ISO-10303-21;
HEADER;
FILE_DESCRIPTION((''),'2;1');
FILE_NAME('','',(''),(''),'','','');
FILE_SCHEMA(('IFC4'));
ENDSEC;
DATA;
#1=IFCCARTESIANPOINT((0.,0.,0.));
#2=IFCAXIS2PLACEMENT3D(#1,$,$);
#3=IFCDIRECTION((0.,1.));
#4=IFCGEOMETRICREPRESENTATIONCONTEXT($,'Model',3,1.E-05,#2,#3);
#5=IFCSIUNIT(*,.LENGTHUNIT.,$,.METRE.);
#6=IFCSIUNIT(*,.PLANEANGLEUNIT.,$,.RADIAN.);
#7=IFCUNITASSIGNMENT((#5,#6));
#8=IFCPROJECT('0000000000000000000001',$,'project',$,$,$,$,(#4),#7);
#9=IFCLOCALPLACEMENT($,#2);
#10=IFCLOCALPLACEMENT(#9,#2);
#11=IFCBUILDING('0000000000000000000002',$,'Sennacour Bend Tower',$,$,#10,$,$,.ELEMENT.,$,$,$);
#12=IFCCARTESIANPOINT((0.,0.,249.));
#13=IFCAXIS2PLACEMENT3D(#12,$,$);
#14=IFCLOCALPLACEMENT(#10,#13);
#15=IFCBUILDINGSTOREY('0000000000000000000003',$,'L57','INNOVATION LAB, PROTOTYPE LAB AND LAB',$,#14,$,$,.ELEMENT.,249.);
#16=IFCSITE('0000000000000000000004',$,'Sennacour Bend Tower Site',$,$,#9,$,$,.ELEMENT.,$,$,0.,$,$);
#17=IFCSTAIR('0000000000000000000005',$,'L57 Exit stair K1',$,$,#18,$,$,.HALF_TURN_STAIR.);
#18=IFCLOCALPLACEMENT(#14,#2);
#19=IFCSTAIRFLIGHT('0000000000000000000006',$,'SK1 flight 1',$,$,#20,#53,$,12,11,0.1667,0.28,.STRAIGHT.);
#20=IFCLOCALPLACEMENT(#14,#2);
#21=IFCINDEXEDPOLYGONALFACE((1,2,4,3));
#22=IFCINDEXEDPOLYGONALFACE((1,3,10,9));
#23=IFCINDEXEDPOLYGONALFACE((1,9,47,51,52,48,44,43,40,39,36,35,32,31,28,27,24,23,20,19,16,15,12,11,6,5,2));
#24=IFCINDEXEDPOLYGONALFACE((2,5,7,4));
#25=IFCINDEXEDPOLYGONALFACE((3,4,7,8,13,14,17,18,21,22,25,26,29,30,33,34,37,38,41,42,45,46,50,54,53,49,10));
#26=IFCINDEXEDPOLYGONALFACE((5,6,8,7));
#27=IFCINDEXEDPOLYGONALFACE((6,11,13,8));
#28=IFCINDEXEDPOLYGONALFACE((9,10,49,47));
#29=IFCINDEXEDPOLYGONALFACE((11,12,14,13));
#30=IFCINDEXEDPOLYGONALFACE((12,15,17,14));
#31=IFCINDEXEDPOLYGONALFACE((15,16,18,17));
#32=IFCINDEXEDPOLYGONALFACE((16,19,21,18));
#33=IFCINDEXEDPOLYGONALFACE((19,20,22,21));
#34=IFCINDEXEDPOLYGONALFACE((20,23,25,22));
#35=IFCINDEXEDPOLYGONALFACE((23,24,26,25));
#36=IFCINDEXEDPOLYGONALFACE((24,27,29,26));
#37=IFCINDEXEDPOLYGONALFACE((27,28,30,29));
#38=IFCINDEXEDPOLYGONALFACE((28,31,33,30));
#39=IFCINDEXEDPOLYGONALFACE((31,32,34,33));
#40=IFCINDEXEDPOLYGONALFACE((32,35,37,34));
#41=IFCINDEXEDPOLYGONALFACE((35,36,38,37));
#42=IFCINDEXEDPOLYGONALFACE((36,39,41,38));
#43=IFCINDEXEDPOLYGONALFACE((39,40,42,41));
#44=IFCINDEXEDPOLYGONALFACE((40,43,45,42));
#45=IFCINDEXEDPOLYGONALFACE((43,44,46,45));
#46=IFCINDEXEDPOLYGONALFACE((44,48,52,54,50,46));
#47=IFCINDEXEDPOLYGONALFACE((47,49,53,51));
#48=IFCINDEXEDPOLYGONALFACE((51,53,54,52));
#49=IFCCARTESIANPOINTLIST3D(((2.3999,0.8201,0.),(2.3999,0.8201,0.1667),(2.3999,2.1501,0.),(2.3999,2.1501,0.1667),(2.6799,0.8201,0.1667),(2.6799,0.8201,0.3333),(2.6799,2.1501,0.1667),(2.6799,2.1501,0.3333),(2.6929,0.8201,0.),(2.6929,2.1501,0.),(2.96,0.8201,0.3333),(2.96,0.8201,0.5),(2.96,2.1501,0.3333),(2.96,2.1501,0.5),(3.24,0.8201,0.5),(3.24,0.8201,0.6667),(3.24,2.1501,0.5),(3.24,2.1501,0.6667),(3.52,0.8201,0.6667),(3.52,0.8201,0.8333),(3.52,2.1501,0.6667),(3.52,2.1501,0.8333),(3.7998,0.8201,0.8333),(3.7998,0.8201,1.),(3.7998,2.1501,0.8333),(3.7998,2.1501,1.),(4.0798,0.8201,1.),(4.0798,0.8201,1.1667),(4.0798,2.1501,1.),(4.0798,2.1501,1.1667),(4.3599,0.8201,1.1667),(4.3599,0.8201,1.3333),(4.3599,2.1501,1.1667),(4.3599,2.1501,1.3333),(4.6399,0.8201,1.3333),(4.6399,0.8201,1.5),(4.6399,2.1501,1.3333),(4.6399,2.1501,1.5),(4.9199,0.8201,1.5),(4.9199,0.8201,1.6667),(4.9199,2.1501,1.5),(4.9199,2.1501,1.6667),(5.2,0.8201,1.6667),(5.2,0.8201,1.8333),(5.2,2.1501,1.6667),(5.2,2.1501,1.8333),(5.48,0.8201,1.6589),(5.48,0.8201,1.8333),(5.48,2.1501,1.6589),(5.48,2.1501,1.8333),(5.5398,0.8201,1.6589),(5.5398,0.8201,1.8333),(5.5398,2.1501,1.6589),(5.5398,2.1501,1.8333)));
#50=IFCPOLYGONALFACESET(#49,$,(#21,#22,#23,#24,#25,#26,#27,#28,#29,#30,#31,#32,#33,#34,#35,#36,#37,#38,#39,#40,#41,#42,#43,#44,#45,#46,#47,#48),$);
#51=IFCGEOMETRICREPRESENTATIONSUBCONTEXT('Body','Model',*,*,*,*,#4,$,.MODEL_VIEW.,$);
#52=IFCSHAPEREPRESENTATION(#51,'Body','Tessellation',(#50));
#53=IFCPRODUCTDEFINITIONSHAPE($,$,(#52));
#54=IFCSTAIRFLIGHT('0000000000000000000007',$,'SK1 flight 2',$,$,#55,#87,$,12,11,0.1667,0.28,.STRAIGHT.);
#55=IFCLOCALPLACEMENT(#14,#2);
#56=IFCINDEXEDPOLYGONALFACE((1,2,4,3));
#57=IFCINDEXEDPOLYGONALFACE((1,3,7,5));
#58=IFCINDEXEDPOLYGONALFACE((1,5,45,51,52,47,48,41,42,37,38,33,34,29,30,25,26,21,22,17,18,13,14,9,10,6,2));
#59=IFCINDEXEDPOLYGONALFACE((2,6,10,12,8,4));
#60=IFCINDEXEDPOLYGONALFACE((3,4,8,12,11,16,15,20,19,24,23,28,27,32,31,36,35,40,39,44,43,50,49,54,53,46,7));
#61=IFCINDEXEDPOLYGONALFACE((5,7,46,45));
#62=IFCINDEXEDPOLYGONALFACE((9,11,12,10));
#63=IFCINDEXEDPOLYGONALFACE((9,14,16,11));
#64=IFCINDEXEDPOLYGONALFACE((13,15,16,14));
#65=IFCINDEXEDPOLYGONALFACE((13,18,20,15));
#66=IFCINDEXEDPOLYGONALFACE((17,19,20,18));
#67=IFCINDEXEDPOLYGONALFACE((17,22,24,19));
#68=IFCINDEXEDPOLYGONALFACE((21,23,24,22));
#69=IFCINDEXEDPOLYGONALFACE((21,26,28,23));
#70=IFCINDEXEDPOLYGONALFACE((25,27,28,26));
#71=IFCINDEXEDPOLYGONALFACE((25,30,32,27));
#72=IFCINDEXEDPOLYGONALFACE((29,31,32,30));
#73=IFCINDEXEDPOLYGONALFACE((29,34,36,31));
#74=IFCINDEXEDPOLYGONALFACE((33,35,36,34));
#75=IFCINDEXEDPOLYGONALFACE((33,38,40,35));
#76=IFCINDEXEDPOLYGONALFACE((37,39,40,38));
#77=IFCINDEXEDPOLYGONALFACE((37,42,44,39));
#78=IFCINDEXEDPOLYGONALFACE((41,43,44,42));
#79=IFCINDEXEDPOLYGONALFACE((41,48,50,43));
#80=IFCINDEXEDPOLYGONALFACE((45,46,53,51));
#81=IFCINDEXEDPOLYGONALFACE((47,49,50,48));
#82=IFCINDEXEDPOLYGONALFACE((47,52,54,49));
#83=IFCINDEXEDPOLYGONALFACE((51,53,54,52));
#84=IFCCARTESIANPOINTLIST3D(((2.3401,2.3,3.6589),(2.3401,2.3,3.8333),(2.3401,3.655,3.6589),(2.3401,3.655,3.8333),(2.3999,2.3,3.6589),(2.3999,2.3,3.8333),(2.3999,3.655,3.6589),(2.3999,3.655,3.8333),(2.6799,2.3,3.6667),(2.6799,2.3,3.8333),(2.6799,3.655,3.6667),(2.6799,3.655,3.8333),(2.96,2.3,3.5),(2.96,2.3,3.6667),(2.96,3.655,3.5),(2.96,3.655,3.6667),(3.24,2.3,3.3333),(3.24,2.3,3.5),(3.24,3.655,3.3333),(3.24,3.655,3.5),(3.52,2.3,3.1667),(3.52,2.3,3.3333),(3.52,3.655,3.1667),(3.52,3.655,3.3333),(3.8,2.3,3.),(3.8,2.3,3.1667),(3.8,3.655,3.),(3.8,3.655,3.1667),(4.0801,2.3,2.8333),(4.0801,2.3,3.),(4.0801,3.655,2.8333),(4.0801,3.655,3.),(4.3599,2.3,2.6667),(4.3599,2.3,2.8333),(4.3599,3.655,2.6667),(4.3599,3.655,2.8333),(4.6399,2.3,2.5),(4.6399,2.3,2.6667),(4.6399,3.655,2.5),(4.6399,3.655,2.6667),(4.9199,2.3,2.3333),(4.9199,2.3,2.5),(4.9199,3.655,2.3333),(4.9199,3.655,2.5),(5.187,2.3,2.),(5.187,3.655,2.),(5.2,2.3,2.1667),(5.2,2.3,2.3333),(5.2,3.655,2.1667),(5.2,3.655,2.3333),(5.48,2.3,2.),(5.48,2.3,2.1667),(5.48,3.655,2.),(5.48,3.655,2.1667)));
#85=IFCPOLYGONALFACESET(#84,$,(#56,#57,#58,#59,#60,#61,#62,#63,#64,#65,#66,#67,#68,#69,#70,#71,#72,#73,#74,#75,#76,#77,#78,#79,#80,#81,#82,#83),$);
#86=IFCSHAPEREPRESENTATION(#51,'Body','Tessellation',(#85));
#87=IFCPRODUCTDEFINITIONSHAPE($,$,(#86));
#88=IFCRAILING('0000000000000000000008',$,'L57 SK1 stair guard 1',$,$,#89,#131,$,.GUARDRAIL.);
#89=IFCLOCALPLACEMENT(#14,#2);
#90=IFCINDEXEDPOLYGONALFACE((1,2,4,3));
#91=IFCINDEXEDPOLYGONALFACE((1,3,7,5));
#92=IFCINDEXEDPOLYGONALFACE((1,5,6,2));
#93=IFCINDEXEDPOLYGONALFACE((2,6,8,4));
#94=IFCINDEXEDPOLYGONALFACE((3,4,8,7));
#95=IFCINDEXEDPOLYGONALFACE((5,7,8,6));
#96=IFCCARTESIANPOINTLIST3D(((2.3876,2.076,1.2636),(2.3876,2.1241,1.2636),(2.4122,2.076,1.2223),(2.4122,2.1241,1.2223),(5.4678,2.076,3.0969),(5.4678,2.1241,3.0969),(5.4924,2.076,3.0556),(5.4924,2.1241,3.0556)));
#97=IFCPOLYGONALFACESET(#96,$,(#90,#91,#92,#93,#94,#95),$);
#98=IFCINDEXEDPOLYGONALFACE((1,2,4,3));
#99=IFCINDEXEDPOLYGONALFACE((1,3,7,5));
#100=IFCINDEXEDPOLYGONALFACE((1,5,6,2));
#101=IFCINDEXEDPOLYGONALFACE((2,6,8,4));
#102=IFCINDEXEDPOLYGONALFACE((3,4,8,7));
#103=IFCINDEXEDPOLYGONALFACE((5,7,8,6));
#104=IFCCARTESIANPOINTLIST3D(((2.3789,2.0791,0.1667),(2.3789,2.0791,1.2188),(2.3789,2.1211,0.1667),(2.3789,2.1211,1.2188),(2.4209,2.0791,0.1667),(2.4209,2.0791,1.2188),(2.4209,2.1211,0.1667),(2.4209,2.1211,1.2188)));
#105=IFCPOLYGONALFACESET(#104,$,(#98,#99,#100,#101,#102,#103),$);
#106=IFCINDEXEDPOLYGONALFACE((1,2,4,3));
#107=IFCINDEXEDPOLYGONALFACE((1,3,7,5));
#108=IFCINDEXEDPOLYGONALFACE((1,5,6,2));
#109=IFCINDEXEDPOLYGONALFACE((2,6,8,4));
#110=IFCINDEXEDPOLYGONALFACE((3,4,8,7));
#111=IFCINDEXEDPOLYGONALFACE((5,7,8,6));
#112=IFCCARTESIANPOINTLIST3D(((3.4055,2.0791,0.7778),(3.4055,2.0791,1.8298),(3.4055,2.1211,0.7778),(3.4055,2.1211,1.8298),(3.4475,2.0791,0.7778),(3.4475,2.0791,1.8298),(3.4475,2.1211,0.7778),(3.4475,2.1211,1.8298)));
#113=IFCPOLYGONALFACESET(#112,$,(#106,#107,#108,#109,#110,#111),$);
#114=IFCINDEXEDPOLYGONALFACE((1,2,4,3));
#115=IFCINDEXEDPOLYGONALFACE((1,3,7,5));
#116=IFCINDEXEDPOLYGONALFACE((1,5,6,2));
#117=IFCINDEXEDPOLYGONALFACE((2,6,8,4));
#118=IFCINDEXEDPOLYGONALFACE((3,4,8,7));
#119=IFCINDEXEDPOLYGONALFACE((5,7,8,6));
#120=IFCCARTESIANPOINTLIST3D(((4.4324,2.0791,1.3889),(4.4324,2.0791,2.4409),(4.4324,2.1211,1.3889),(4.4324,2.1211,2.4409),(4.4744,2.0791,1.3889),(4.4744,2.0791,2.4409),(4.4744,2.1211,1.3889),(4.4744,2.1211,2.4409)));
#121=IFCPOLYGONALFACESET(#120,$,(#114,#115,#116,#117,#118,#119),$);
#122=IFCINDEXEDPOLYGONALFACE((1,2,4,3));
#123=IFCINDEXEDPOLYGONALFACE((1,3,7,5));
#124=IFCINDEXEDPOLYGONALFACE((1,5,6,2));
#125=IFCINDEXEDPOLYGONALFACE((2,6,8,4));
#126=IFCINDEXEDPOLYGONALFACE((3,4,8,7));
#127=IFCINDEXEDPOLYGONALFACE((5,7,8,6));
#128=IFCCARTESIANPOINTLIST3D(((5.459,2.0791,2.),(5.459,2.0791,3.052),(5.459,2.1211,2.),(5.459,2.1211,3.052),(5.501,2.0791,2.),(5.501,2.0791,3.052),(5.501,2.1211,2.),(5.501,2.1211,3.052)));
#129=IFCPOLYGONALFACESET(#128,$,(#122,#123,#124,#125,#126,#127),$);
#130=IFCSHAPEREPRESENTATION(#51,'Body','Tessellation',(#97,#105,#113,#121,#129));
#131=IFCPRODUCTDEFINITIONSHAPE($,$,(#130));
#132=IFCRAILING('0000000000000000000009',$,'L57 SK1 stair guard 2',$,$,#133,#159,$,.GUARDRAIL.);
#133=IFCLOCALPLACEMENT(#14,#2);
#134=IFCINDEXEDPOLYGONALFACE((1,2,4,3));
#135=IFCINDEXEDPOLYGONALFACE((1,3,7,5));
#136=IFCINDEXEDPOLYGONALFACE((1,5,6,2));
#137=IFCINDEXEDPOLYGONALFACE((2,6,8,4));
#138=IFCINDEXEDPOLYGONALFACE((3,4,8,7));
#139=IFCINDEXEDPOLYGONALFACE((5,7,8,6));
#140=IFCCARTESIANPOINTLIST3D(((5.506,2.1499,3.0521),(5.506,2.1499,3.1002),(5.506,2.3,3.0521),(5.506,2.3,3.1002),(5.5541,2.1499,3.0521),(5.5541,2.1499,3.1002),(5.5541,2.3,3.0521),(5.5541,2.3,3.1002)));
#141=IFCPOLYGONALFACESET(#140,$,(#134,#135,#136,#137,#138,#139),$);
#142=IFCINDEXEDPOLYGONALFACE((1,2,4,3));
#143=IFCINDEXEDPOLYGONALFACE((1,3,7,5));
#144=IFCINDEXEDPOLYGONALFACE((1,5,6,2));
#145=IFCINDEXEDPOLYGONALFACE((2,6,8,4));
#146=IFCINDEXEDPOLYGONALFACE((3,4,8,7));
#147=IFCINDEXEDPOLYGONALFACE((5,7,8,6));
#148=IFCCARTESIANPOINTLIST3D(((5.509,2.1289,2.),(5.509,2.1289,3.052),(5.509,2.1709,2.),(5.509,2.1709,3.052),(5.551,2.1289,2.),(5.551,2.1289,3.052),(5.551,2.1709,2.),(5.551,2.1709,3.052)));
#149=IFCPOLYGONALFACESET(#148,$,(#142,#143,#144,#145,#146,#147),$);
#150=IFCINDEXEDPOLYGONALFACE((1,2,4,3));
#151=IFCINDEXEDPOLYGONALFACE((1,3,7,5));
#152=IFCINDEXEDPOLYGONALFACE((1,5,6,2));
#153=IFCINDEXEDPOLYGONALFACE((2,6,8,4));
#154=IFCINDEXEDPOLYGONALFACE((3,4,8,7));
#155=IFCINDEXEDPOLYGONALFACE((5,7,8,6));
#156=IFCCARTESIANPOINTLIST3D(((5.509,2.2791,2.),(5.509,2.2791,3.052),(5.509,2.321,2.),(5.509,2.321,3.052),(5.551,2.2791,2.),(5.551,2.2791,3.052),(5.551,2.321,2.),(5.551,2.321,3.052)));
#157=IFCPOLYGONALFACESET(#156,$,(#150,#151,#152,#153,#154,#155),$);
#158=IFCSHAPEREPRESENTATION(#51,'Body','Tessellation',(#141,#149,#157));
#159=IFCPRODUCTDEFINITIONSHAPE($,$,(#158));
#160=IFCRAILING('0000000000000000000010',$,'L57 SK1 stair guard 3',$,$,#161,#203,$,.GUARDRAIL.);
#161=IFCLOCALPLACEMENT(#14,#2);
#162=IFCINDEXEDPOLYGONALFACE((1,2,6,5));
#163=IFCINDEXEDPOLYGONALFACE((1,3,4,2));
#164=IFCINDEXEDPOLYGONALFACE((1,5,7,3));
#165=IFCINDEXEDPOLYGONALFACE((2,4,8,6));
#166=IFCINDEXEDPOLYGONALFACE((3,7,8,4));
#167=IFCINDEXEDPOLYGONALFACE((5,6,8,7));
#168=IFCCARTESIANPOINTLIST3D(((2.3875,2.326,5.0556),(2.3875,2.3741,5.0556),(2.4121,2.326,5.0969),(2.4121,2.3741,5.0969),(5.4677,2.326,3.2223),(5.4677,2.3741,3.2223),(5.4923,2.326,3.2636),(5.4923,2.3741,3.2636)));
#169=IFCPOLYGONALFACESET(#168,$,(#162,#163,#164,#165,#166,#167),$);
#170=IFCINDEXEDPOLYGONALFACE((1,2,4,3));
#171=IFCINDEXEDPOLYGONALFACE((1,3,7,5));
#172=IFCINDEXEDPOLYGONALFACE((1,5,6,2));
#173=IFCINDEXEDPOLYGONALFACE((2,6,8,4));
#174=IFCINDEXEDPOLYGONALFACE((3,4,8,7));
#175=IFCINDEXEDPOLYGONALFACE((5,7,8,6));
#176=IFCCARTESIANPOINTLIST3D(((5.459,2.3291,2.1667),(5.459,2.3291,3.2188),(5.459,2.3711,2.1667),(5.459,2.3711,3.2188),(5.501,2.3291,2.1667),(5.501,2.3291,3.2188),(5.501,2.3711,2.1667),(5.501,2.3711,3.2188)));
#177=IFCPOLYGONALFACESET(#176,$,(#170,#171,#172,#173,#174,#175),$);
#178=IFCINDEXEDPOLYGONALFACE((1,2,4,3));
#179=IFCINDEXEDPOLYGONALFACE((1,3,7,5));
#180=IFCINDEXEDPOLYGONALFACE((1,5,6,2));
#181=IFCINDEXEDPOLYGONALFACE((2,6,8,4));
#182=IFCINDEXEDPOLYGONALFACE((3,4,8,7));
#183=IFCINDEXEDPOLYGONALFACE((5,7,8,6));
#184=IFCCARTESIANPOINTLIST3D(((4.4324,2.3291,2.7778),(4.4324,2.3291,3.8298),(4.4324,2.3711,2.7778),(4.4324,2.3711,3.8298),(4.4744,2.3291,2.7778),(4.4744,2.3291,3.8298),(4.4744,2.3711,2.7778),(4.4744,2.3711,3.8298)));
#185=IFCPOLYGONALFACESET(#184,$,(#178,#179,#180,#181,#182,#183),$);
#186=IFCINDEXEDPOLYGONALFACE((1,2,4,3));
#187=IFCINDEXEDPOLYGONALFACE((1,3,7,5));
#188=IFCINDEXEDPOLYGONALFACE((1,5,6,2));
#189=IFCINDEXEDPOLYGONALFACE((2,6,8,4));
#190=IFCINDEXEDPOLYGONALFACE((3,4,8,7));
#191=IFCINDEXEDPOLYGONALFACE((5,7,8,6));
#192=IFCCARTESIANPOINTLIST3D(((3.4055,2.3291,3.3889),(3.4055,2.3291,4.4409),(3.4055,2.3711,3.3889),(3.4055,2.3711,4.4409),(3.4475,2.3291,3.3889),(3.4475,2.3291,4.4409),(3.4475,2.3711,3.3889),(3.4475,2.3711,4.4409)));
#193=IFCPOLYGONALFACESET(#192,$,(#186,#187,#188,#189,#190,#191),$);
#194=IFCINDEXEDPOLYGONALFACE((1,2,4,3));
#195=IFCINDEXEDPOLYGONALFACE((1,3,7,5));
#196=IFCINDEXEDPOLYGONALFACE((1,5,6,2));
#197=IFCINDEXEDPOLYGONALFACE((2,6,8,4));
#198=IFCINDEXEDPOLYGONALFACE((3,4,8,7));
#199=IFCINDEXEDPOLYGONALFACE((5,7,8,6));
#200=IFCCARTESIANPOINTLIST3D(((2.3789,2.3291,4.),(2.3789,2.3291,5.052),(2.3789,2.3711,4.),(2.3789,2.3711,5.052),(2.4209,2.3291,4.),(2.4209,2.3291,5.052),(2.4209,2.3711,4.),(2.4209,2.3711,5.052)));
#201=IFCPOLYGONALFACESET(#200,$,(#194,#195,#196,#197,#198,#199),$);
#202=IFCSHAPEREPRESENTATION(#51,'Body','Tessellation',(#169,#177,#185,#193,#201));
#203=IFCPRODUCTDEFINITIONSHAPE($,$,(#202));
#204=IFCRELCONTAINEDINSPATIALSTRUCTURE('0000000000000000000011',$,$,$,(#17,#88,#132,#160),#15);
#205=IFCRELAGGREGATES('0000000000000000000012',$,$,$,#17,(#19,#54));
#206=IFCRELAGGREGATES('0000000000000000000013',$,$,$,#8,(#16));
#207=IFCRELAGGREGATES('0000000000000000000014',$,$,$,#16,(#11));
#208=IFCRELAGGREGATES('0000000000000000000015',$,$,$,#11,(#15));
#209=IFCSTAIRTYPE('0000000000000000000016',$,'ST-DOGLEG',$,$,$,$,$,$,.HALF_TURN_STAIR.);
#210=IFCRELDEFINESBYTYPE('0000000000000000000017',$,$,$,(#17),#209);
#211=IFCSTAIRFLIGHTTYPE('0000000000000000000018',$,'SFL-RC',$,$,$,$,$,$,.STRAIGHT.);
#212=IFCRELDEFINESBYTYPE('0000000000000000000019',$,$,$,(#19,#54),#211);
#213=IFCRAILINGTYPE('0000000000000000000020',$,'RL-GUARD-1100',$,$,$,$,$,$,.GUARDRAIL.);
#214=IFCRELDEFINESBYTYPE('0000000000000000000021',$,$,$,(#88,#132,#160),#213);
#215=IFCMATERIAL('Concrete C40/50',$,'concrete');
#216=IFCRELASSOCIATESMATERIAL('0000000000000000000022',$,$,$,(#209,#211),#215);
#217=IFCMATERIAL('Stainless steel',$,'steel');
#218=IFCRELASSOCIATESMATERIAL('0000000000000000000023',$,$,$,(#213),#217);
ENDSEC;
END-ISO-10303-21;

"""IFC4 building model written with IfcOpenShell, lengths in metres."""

from ifc_helpers import new_model, si_unit, direction, frame, origin, origin_2d, place, context, subcontext, project, spatial, polyline, rectangle, outline, extrude, material, type_object, element, aggregate, save


model = new_model("IFC4")

# Units and contexts
model_context = context("Model", 3, precision=1e-05, world=origin(), true_north=direction((0.0, 1.0)))
body_context = subcontext(model_context, "Body", "Model", "MODEL_VIEW")
ifc_project = project(units=[si_unit("LENGTHUNIT", "METRE"), si_unit("PLANEANGLEUNIT", "RADIAN")], contexts=[model_context])

# Site, building, storey
site_placement = place(None, origin())
site = spatial("IfcSite", under=ifc_project, at=site_placement, Name="Sennacour Bend Tower Site", CompositionType="ELEMENT", RefElevation=0.0)
building_placement = place(site_placement, origin())
building = spatial("IfcBuilding", under=site, at=building_placement, Name="Sennacour Bend Tower", CompositionType="ELEMENT")
storey_placement = place(building_placement, frame((0.0, 0.0, 249.0)))
storey = spatial("IfcBuildingStorey", under=building, at=storey_placement, Name="L57", Description="INNOVATION LAB, PROTOTYPE LAB AND LAB", CompositionType="ELEMENT", Elevation=249.0)

# Shared definitions
ifc_material_1 = material(Name="Concrete C40/50", Category="concrete")

# Stair
stair_type = type_object("IfcStairType", Name="ST-DOGLEG", PredefinedType="HALF_TURN_STAIR", material=ifc_material_1)
stair_1_placement = place(storey_placement, origin())
stair_1 = element("IfcStair", 1, at=stair_1_placement, inside=storey, type_object=stair_type, Name="L57 Exit stair K1", PredefinedType="HALF_TURN_STAIR")

# Stair flights
stair_flight_type = type_object("IfcStairFlightType", Name="SFL-RC", PredefinedType="STRAIGHT", material=ifc_material_1)
stair_flight_1_placement = place(storey_placement, frame((2.3999, 1.4851, 0.0), z_axis=(0.0, 0.0, 1.0), x_axis=(1.0, 0.0, 0.0)))
stair_flight_1 = element("IfcStairFlight", 2, at=stair_flight_1_placement, type_object=stair_flight_type, Name="SK1 flight 1", NumberOfRisers=12, NumberOfTreads=11, PredefinedType="STRAIGHT", RiserHeight=0.1667, TreadLength=0.28, context=body_context, shape_type="SweptSolid", body=[
    extrude(outline(polyline([(0.0, 0.0), (0.0, 0.1667), (0.28, 0.1667), (0.28, 0.3333), (0.5601, 0.3333), (0.5601, 0.5), (0.8401, 0.5), (0.8401, 0.6667), (1.1201, 0.6667), (1.1201, 0.8333), (1.3999, 0.8333), (1.3999, 1.0), (1.6799, 1.0), (1.6799, 1.1667), (1.96, 1.1667), (1.96, 1.3333), (2.24, 1.3333), (2.24, 1.5), (2.52, 1.5), (2.52, 1.6667), (2.8, 1.6667), (2.8, 1.8333), (3.0801, 1.8333), (3.1399, 1.8333), (3.1399, 1.6589), (3.0801, 1.6589), (0.293, 0.0), (0.0, 0.0)])), frame((0.0, 0.665, 0.0), z_axis=(0.0, -1.0, 0.0), x_axis=(1.0, 0.0, 0.0)), (0.0, 0.0, 1.0), 1.3301),
])
stair_flight_2_placement = place(storey_placement, frame((5.48, 2.9775, 2.0), z_axis=(0.0, 0.0, 1.0), x_axis=(-1.0, 0.0, 0.0)))
stair_flight_2 = element("IfcStairFlight", 3, at=stair_flight_2_placement, type_object=stair_flight_type, Name="SK1 flight 2", NumberOfRisers=12, NumberOfTreads=11, PredefinedType="STRAIGHT", RiserHeight=0.1667, TreadLength=0.28, context=body_context, shape_type="SweptSolid", body=[
    extrude(outline(polyline([(0.0, 0.0), (0.0, 0.1667), (0.28, 0.1667), (0.28, 0.3333), (0.5601, 0.3333), (0.5601, 0.5), (0.8401, 0.5), (0.8401, 0.6667), (1.1201, 0.6667), (1.1201, 0.8333), (1.3999, 0.8333), (1.3999, 1.0), (1.6799, 1.0), (1.6799, 1.1667), (1.96, 1.1667), (1.96, 1.3333), (2.24, 1.3333), (2.24, 1.5), (2.52, 1.5), (2.52, 1.6667), (2.8, 1.6667), (2.8, 1.8333), (3.0801, 1.8333), (3.1399, 1.8333), (3.1399, 1.6589), (3.0801, 1.6589), (0.293, 0.0), (0.0, 0.0)])), frame((0.0, 0.6775, 0.0), z_axis=(0.0, -1.0, 0.0), x_axis=(1.0, 0.0, 0.0)), (0.0, 0.0, 1.0), 1.355),
])
aggregate(stair_1, [stair_flight_1, stair_flight_2])

# Railings
ifc_material_2 = material(Name="Stainless steel", Category="steel")
railing_type_1 = type_object("IfcRailingType", Name="RL-GUARD-1100", PredefinedType="GUARDRAIL", material=ifc_material_2)
railing_1_placement = place(storey_placement, frame((2.3999, 2.1001, 0.1667)))
element("IfcRailing", 4, at=railing_1_placement, inside=storey, type_object=railing_type_1, Name="L57 SK1 stair guard 1", PredefinedType="GUARDRAIL", context=body_context, shape_type="SweptSolid", body=[
    extrude(rectangle(XDim=0.0481, YDim=0.0481, at=origin_2d()), frame((0.0, 0.0, 1.0762), z_axis=(0.859309, 0.0, 0.511458), x_axis=(0.0, 1.0, 0.0)), (0.0, 0.0, 1.0), 3.5845),
    extrude(rectangle(XDim=0.042, YDim=0.042, at=origin_2d()), origin(), (0.0, 0.0, 1.0), 1.052),
    extrude(rectangle(XDim=0.042, YDim=0.042, at=origin_2d()), frame((1.0266, 0.0, 0.6111)), (0.0, 0.0, 1.0), 1.052),
    extrude(rectangle(XDim=0.042, YDim=0.042, at=origin_2d()), frame((2.0535, 0.0, 1.2222)), (0.0, 0.0, 1.0), 1.052),
    extrude(rectangle(XDim=0.042, YDim=0.042, at=origin_2d()), frame((3.0801, 0.0, 1.8333)), (0.0, 0.0, 1.0), 1.052),
])
railing_2_placement = place(storey_placement, frame((5.53, 2.1499, 2.0)))
element("IfcRailing", 5, at=railing_2_placement, inside=storey, type_object=railing_type_1, Name="L57 SK1 stair guard 2", PredefinedType="GUARDRAIL", context=body_context, shape_type="SweptSolid", body=[
    extrude(rectangle(XDim=0.0481, YDim=0.0481, at=origin_2d()), frame((0.0, 0.0, 1.0762), z_axis=(0.0, 1.0, 0.0), x_axis=(-1.0, 0.0, 0.0)), (0.0, 0.0, 1.0), 0.1501),
    extrude(rectangle(XDim=0.042, YDim=0.042, at=origin_2d()), origin(), (0.0, 0.0, 1.0), 1.052),
    extrude(rectangle(XDim=0.042, YDim=0.042, at=origin_2d()), frame((0.0, 0.1501, 0.0)), (0.0, 0.0, 1.0), 1.052),
])
railing_3_placement = place(storey_placement, frame((5.48, 2.3501, 2.1667)))
element("IfcRailing", 6, at=railing_3_placement, inside=storey, type_object=railing_type_1, Name="L57 SK1 stair guard 3", PredefinedType="GUARDRAIL", context=body_context, shape_type="SweptSolid", body=[
    extrude(rectangle(XDim=0.0481, YDim=0.0481, at=origin_2d()), frame((0.0, 0.0, 1.0762), z_axis=(-0.859309, 0.0, 0.511458), x_axis=(0.0, -1.0, 0.0)), (0.0, 0.0, 1.0), 3.5845),
    extrude(rectangle(XDim=0.042, YDim=0.042, at=origin_2d()), origin(), (0.0, 0.0, 1.0), 1.052),
    extrude(rectangle(XDim=0.042, YDim=0.042, at=origin_2d()), frame((-1.0266, 0.0, 0.6111)), (0.0, 0.0, 1.0), 1.052),
    extrude(rectangle(XDim=0.042, YDim=0.042, at=origin_2d()), frame((-2.0535, 0.0, 1.2222)), (0.0, 0.0, 1.0), 1.052),
    extrude(rectangle(XDim=0.042, YDim=0.042, at=origin_2d()), frame((-3.0801, 0.0, 1.8333)), (0.0, 0.0, 1.0), 1.052),
])

save(model, "model.ifc")
